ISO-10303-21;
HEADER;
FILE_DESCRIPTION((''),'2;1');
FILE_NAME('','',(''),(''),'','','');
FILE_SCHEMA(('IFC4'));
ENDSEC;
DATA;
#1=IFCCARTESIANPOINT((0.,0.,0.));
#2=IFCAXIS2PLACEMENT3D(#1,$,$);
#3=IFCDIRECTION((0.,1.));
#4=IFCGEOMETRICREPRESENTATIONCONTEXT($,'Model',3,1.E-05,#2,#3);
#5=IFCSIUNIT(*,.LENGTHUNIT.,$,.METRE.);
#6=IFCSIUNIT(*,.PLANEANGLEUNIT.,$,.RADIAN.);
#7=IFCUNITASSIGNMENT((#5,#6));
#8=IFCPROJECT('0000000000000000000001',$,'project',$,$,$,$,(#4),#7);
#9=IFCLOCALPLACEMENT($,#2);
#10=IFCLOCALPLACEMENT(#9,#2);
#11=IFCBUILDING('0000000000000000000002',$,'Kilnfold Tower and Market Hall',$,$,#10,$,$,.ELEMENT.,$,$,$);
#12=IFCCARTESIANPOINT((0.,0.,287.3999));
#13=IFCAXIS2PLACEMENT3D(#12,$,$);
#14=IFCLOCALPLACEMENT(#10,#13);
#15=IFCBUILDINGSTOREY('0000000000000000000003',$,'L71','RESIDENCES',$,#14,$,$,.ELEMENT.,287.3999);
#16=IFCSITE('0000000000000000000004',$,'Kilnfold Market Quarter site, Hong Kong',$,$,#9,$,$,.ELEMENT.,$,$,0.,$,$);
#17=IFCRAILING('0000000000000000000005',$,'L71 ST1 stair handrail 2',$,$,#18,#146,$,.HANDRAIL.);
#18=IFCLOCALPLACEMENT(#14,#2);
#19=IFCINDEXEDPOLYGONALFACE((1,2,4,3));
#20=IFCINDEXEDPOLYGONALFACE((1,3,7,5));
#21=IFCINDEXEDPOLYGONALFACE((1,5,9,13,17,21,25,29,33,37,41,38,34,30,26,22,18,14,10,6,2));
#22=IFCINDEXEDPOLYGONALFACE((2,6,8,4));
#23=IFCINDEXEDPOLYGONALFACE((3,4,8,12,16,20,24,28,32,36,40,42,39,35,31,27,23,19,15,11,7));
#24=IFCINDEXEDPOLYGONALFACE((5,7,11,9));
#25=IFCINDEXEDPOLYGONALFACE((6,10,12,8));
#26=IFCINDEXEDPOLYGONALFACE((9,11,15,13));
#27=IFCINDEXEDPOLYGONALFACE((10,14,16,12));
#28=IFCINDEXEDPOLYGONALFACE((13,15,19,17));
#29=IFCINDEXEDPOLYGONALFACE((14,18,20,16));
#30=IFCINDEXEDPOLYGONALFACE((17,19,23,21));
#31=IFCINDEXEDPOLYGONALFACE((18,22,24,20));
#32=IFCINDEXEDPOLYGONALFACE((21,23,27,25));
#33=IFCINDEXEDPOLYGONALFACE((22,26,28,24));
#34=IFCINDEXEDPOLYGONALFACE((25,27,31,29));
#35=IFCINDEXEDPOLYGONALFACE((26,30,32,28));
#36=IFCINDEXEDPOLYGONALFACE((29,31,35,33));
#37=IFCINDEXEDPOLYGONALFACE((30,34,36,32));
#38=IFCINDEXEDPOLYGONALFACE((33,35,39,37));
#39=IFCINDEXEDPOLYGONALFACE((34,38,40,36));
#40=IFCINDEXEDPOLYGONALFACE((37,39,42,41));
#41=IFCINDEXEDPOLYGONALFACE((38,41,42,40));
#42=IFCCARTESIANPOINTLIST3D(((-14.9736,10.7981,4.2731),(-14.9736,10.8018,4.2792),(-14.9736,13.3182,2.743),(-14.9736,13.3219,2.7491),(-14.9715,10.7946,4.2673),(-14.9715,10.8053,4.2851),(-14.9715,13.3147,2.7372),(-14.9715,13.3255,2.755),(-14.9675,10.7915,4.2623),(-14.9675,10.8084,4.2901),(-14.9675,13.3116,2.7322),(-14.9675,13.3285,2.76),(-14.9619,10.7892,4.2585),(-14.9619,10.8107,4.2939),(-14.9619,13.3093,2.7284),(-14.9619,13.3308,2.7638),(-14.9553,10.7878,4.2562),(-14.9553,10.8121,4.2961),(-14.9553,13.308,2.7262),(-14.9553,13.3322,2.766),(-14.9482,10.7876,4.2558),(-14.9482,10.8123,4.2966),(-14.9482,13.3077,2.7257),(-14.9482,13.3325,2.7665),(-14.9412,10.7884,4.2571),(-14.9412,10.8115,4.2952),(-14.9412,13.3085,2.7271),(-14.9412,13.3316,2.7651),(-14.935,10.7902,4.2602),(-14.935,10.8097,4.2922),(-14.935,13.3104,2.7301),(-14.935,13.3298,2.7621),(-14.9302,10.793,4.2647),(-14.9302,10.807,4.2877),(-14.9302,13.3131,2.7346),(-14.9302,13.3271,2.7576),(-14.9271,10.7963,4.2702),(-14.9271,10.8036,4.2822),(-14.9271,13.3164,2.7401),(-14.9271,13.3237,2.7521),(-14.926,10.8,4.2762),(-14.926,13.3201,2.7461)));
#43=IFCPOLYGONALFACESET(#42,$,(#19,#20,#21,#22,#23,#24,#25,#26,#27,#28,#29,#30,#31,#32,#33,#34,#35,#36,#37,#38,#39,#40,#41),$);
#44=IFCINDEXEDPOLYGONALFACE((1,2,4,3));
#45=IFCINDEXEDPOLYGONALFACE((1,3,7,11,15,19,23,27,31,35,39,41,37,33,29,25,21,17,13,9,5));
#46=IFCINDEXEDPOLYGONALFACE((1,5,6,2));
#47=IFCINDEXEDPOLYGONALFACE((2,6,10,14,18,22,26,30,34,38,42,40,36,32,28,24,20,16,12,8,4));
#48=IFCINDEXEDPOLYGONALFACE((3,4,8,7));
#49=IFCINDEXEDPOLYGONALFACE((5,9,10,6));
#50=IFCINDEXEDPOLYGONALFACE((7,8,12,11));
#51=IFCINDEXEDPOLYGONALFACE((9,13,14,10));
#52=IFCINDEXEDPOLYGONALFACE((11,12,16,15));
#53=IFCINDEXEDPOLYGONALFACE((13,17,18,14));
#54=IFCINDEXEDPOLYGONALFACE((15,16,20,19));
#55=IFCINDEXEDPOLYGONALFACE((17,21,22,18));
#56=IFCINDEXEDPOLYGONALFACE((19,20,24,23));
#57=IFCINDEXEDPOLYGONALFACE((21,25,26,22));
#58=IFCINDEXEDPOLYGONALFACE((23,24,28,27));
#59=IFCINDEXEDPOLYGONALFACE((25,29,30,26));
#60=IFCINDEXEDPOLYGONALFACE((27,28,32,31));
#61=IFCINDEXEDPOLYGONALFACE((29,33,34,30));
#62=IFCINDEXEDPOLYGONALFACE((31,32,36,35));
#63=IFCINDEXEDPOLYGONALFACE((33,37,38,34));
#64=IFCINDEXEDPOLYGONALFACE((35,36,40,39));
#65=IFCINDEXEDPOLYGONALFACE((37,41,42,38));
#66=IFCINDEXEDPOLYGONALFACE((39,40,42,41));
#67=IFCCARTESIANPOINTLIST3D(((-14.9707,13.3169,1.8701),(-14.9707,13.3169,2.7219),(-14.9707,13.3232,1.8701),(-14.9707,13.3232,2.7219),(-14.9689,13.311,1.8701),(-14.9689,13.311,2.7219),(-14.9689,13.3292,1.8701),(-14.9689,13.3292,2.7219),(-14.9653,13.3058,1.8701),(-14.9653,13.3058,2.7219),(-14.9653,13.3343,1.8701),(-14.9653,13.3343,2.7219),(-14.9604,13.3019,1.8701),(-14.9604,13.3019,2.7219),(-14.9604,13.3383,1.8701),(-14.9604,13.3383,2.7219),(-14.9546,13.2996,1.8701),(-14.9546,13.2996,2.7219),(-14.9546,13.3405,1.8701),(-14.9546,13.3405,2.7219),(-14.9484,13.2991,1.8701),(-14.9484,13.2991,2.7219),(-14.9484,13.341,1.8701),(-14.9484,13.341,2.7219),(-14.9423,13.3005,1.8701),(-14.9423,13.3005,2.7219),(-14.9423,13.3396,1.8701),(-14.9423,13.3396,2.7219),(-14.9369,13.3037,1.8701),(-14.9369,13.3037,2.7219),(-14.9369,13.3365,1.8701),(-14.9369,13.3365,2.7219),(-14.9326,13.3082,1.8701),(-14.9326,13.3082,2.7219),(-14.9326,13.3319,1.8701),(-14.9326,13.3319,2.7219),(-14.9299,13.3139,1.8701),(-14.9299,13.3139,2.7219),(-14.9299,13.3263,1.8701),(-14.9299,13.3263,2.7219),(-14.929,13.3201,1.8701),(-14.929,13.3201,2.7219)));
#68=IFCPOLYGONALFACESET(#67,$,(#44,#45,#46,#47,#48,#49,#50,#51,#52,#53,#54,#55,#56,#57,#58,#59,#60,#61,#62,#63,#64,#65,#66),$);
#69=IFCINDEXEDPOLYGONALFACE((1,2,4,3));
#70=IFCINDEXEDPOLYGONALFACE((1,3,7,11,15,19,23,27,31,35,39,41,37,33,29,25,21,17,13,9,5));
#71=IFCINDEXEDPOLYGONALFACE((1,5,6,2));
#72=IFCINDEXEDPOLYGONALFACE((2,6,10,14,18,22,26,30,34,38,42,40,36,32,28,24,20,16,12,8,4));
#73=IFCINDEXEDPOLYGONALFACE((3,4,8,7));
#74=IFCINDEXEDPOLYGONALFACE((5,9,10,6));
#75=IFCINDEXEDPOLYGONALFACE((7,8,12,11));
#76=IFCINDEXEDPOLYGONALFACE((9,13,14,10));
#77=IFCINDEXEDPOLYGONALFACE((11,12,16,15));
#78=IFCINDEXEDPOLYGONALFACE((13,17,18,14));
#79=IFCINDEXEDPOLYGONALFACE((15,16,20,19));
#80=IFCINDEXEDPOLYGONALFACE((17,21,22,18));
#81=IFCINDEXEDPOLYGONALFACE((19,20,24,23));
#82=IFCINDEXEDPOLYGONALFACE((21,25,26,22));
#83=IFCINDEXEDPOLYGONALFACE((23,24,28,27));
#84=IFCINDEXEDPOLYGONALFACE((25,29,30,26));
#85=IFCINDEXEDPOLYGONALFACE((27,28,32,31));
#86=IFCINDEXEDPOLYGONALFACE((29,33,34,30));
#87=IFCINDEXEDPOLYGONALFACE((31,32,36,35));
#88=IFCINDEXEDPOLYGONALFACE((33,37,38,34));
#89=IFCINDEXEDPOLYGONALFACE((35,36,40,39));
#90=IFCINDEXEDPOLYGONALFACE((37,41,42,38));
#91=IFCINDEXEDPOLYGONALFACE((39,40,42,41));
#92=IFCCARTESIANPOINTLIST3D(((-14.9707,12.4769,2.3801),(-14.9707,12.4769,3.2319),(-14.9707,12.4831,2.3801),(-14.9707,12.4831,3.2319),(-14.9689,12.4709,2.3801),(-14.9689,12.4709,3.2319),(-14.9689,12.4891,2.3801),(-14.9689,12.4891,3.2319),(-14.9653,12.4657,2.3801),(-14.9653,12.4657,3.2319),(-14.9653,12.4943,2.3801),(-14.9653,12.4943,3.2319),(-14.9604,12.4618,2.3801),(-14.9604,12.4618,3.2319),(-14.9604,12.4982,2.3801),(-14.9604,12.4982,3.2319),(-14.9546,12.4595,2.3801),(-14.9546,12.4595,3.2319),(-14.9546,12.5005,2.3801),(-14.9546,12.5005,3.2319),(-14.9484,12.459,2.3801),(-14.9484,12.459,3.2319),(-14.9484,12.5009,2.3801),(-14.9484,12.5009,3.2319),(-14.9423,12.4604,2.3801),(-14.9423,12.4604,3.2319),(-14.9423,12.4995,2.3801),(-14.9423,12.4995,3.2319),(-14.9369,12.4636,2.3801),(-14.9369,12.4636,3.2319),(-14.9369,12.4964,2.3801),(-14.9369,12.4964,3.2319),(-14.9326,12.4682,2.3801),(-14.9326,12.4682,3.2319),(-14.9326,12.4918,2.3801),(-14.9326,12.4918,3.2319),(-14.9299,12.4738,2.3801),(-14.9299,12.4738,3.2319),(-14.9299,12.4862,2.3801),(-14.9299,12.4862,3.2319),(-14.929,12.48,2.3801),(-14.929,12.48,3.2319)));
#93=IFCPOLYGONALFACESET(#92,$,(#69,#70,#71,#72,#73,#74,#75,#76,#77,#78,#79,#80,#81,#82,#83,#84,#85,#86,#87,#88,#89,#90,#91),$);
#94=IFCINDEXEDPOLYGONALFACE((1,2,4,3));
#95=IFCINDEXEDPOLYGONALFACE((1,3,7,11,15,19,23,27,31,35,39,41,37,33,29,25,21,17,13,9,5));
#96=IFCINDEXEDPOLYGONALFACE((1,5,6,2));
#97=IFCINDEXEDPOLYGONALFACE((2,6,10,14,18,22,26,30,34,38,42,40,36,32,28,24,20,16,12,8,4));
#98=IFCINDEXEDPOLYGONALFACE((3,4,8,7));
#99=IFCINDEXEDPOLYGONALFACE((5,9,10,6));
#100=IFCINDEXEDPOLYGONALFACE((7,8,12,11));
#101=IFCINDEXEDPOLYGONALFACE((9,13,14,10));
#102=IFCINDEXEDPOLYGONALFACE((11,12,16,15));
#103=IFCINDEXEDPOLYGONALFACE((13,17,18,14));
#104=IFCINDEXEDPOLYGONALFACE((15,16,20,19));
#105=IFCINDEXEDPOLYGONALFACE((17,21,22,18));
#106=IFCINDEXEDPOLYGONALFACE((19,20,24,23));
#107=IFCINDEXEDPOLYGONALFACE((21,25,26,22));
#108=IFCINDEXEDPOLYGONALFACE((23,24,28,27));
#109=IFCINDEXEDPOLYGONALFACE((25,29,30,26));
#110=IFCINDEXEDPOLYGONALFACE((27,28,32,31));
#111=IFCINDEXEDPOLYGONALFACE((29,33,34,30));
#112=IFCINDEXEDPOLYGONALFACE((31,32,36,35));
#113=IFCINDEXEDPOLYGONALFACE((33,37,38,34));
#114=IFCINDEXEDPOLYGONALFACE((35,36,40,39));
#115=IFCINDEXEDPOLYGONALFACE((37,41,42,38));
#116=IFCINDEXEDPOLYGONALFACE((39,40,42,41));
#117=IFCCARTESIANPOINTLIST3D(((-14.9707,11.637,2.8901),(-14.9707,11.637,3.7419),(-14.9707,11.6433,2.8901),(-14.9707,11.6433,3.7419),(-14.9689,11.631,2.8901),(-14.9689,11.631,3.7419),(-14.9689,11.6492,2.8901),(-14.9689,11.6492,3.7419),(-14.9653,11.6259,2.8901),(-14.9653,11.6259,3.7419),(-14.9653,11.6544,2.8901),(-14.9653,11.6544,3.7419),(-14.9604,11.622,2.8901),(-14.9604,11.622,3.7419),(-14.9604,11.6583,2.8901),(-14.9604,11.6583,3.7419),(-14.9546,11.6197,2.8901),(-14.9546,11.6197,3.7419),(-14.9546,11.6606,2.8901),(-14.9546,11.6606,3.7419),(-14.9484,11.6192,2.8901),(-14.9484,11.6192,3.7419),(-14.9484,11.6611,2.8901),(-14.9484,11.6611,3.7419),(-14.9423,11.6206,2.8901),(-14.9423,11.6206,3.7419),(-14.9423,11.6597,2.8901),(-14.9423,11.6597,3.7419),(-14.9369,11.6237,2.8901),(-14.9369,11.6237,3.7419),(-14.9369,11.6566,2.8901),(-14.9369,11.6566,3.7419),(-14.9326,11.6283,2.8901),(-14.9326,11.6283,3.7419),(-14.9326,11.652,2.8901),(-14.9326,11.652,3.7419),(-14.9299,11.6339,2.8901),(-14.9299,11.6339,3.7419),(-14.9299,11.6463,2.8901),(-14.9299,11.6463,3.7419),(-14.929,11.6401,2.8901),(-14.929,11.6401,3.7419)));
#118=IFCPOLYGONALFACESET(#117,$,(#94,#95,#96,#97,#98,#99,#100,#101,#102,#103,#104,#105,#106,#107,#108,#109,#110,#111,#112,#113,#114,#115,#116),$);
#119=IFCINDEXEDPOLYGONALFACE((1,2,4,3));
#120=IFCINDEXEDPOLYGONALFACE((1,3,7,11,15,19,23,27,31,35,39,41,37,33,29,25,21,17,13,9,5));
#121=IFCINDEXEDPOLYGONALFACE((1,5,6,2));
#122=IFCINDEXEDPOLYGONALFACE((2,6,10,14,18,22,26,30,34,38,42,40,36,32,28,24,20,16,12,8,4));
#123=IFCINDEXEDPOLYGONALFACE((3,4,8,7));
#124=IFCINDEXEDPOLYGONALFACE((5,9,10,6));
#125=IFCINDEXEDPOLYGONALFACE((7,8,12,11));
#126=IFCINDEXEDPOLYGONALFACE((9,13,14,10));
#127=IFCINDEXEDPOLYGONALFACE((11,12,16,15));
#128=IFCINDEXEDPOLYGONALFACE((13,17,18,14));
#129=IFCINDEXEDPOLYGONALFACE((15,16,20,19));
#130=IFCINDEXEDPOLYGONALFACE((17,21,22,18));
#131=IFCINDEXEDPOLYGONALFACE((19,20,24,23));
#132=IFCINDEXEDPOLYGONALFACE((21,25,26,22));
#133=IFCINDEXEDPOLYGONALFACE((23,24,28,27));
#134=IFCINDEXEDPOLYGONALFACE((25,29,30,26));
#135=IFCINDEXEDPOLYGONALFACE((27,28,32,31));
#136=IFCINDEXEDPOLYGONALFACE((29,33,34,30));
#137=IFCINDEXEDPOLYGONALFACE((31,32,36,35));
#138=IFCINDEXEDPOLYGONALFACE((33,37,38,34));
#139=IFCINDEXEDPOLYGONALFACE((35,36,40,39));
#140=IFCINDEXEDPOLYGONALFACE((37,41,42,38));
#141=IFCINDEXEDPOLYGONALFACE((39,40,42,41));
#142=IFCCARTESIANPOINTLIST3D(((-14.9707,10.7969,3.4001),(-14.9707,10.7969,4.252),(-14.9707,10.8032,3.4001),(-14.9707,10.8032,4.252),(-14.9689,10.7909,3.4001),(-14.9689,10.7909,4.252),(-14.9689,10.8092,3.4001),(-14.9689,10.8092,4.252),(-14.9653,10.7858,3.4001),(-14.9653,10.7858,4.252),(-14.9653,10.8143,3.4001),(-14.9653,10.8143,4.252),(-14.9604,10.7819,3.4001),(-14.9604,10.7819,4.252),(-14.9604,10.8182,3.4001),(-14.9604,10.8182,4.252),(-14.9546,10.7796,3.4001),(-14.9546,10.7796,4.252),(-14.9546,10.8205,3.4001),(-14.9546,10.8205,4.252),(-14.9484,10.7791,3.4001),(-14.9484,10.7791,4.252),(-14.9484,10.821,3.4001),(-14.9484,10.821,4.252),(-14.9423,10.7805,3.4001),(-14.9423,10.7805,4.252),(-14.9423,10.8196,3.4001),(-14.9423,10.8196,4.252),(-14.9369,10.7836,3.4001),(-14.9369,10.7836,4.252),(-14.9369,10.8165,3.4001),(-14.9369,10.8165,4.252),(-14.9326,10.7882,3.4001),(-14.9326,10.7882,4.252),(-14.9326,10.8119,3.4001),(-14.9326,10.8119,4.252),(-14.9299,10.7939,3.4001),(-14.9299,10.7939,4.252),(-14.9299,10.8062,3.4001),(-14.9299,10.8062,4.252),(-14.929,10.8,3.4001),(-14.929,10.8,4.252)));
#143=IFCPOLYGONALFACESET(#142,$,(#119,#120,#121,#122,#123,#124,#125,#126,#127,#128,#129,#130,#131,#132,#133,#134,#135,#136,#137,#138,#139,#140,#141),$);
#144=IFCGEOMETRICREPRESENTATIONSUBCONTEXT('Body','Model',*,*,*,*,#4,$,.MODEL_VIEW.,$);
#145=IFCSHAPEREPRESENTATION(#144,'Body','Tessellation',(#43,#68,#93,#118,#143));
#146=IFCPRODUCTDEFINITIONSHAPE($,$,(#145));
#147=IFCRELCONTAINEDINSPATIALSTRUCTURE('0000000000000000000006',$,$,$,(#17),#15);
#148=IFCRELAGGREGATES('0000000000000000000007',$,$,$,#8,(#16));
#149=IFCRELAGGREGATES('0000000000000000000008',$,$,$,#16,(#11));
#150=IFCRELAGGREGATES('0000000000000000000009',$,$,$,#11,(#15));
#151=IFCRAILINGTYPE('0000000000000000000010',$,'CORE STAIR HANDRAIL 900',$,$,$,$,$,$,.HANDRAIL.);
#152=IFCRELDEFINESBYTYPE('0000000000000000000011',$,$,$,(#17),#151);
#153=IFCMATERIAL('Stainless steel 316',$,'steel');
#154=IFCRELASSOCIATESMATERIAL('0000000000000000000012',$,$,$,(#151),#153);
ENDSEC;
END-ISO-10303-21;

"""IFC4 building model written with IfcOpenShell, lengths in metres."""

from ifc_helpers import new_model, si_unit, direction, frame, origin, origin_2d, place, context, subcontext, project, spatial, circle, extrude, material, type_object, element, save


model = new_model("IFC4")

# Units and contexts
model_context = context("Model", 3, precision=1e-05, world=origin(), true_north=direction((0.0, 1.0)))
body_context = subcontext(model_context, "Body", "Model", "MODEL_VIEW")
ifc_project = project(units=[si_unit("LENGTHUNIT", "METRE"), si_unit("PLANEANGLEUNIT", "RADIAN")], contexts=[model_context])

# Site, building, storey
site_placement = place(None, origin())
site = spatial("IfcSite", under=ifc_project, at=site_placement, Name="Kilnfold Market Quarter site, Hong Kong", CompositionType="ELEMENT", RefElevation=0.0)
building_placement = place(site_placement, origin())
building = spatial("IfcBuilding", under=site, at=building_placement, Name="Kilnfold Tower and Market Hall", CompositionType="ELEMENT")
storey_placement = place(building_placement, frame((0.0, 0.0, 287.3999)))
storey = spatial("IfcBuildingStorey", under=building, at=storey_placement, Name="L71", Description="RESIDENCES", CompositionType="ELEMENT", Elevation=287.3999)

# Railing
ifc_material_1 = material(Name="Stainless steel 316", Category="steel")
railing_type_1 = type_object("IfcRailingType", Name="CORE STAIR HANDRAIL 900", PredefinedType="HANDRAIL", material=ifc_material_1)
railing_1_placement = place(storey_placement, frame((-14.95, 13.3201, 1.8701)))
element("IfcRailing", 1, at=railing_1_placement, inside=storey, type_object=railing_type_1, Name="L71 ST1 stair handrail 2", PredefinedType="HANDRAIL", context=body_context, shape_type="SweptSolid", body=[
    extrude(circle(Radius=0.0239, at=origin_2d()), frame((0.0, 0.0, 0.876), z_axis=(0.0, -0.854785, 0.518982), x_axis=(1.0, 0.0, 0.0)), (0.0, 0.0, 1.0), 2.9482),
    extrude(circle(Radius=0.021, at=origin_2d()), origin(), (0.0, 0.0, 1.0), 0.8518),
    extrude(circle(Radius=0.021, at=origin_2d()), frame((0.0, -0.8401, 0.51)), (0.0, 0.0, 1.0), 0.8518),
    extrude(circle(Radius=0.021, at=origin_2d()), frame((0.0, -1.6799, 1.02)), (0.0, 0.0, 1.0), 0.8518),
    extrude(circle(Radius=0.021, at=origin_2d()), frame((0.0, -2.52, 1.53)), (0.0, 0.0, 1.0), 0.8518),
])

save(model, "model.ifc")
